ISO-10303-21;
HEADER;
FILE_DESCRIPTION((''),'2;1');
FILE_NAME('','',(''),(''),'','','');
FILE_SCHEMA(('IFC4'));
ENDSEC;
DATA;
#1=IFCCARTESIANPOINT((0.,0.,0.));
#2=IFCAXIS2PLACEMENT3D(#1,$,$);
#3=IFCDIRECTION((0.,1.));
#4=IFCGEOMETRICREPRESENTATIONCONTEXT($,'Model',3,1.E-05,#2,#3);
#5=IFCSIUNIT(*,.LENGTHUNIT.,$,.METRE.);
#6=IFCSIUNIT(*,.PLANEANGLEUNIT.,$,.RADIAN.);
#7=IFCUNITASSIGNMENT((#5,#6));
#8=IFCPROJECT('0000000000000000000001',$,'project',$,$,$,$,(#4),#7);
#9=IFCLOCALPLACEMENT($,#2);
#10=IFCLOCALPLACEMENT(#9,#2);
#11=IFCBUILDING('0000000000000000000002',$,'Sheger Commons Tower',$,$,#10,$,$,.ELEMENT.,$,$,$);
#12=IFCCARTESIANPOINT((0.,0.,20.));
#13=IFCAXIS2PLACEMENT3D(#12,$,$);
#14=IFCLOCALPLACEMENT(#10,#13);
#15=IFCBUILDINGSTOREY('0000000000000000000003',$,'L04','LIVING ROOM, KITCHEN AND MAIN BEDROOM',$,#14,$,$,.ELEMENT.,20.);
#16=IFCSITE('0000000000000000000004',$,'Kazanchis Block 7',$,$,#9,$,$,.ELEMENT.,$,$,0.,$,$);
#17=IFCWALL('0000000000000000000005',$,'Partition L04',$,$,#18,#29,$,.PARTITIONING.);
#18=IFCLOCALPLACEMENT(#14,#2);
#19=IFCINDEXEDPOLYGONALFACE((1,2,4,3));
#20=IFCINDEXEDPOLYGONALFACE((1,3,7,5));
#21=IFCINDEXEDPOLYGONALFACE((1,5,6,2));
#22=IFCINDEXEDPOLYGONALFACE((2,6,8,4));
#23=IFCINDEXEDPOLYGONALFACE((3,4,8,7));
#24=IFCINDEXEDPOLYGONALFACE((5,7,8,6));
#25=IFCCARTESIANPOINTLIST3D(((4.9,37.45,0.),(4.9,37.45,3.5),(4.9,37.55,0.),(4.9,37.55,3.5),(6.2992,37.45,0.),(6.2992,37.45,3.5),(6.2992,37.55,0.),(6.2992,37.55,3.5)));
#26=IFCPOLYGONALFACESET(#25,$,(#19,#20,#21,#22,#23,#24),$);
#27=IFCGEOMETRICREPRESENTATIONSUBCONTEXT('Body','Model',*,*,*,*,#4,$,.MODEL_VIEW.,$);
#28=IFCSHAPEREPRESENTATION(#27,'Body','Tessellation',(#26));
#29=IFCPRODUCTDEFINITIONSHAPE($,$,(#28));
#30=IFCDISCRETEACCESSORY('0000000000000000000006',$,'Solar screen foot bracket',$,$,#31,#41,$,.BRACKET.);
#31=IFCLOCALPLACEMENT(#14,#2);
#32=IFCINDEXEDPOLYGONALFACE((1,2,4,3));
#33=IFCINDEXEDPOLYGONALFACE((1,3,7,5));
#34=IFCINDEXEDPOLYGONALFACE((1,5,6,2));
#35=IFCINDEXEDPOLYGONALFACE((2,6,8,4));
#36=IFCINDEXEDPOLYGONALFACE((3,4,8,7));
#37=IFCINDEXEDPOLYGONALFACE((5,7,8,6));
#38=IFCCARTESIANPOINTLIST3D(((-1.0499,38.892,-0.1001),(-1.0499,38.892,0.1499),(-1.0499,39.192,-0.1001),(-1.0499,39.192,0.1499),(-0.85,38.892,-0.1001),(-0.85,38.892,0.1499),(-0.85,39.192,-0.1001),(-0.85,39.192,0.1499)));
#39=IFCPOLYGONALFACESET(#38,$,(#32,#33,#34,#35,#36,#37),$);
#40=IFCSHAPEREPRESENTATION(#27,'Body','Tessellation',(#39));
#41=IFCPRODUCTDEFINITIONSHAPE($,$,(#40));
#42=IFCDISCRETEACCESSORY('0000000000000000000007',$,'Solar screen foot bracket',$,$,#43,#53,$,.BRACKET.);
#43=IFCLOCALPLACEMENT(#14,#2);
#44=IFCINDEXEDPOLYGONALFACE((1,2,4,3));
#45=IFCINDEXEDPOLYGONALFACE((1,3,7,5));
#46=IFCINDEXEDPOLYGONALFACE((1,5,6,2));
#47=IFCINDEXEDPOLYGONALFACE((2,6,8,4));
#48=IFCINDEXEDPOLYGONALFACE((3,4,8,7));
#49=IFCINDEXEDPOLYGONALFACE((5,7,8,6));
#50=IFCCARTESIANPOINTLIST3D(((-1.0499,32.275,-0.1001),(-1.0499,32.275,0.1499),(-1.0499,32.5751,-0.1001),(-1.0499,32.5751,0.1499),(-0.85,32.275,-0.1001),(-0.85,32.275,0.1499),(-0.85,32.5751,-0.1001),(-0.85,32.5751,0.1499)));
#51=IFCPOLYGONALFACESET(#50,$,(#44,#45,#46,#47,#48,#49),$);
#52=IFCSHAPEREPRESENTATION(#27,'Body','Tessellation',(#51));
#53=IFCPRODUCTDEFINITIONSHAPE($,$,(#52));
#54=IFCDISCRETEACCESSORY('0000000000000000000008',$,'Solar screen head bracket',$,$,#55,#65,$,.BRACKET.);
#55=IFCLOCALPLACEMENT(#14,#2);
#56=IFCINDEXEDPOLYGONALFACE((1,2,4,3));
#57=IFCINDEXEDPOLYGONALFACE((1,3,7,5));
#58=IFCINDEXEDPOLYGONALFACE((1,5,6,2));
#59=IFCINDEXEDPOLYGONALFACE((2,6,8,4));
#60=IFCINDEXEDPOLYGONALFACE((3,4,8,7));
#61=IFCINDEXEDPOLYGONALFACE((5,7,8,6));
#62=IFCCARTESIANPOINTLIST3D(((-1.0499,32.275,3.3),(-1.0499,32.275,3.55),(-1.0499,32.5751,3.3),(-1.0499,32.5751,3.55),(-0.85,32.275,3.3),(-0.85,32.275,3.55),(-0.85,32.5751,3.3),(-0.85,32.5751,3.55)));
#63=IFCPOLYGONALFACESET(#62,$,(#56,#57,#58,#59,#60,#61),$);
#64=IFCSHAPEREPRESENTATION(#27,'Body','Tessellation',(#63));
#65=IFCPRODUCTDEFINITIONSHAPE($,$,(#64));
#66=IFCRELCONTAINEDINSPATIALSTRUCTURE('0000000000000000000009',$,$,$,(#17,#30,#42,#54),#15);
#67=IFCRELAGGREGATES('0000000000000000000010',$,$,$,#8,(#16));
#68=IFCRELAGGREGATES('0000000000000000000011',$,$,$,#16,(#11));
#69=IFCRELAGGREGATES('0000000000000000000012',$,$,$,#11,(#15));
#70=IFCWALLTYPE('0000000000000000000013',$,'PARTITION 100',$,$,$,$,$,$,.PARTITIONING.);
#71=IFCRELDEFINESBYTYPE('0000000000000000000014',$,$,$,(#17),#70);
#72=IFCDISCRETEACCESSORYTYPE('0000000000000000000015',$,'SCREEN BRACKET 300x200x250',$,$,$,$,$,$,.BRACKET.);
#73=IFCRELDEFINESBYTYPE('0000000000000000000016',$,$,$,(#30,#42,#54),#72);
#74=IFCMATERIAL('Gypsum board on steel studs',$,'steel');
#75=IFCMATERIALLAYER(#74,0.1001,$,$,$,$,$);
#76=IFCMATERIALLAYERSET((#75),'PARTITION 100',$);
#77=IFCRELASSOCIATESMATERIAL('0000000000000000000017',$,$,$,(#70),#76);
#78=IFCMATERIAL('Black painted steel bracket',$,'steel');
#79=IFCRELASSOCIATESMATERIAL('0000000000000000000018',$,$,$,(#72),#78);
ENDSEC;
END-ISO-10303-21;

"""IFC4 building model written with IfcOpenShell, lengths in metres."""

from ifc_helpers import new_model, si_unit, direction, frame, frame_2d, origin, origin_2d, place, context, subcontext, project, spatial, rectangle, extrude, material, layer, layer_set, type_object, element, save


model = new_model("IFC4")

# Units and contexts
model_context = context("Model", 3, precision=1e-05, world=origin(), true_north=direction((0.0, 1.0)))
body_context = subcontext(model_context, "Body", "Model", "MODEL_VIEW")
ifc_project = project(units=[si_unit("LENGTHUNIT", "METRE"), si_unit("PLANEANGLEUNIT", "RADIAN")], contexts=[model_context])

# Site, building, storey
site_placement = place(None, origin())
site = spatial("IfcSite", under=ifc_project, at=site_placement, Name="Kazanchis Block 7", CompositionType="ELEMENT", RefElevation=0.0)
building_placement = place(site_placement, origin())
building = spatial("IfcBuilding", under=site, at=building_placement, Name="Sheger Commons Tower", CompositionType="ELEMENT")
storey_placement = place(building_placement, frame((0.0, 0.0, 20.0)))
storey = spatial("IfcBuildingStorey", under=building, at=storey_placement, Name="L04", Description="LIVING ROOM, KITCHEN AND MAIN BEDROOM", CompositionType="ELEMENT", Elevation=20.0)

# Shared definitions
ifc_material_1 = material(Name="Gypsum board on steel studs", Category="steel")
ifc_layer_1 = layer(ifc_material_1, 0.1001)
ifc_layer_set_1 = layer_set([ifc_layer_1], Name="PARTITION 100")
wall_type_1 = type_object("IfcWallType", Name="PARTITION 100", PredefinedType="PARTITIONING", material=ifc_layer_set_1)

# Wall
wall_1_placement = place(storey_placement, frame((4.8999, 37.5, 0.0), z_axis=(0.0, 0.0, 1.0), x_axis=(1.0, 0.0, 0.0)))
element("IfcWall", 1, at=wall_1_placement, inside=storey, type_object=wall_type_1, Name="Partition L04", PredefinedType="PARTITIONING", context=body_context, shape_type="SweptSolid", body=[
    extrude(rectangle(XDim=1.3992, YDim=0.1001, at=frame_2d((0.6997, 0.0))), origin(), (0.0, 0.0, 1.0), 3.5),
])

# Discrete accessories
ifc_material_2 = material(Name="Black painted steel bracket", Category="steel")
discrete_accessory_type = type_object("IfcDiscreteAccessoryType", Name="SCREEN BRACKET 300x200x250", PredefinedType="BRACKET", material=ifc_material_2)
for number, where, z_axis, x_axis, name in (
    (2, (-0.95, 39.042, -0.1001), (0.0, 0.0, 1.0), (0.0, -1.0, 0.0), "Solar screen foot bracket"),
    (3, (-0.95, 32.425, -0.1001), (0.0, 0.0, 1.0), (0.0, -1.0, 0.0), "Solar screen foot bracket"),
    (4, (-0.95, 32.425, 3.3), (0.0, 0.0, 1.0), (0.0, -1.0, 0.0), "Solar screen head bracket"),
):
    element("IfcDiscreteAccessory", number, at=place(storey_placement, frame(where, z_axis=z_axis, x_axis=x_axis)), inside=storey, type_object=discrete_accessory_type, Name=name, PredefinedType="BRACKET", context=body_context, shape_type="SweptSolid", body=[
        extrude(rectangle(XDim=0.3, YDim=0.2, at=origin_2d()), origin(), (0.0, 0.0, 1.0), 0.25),
    ])

save(model, "model.ifc")
